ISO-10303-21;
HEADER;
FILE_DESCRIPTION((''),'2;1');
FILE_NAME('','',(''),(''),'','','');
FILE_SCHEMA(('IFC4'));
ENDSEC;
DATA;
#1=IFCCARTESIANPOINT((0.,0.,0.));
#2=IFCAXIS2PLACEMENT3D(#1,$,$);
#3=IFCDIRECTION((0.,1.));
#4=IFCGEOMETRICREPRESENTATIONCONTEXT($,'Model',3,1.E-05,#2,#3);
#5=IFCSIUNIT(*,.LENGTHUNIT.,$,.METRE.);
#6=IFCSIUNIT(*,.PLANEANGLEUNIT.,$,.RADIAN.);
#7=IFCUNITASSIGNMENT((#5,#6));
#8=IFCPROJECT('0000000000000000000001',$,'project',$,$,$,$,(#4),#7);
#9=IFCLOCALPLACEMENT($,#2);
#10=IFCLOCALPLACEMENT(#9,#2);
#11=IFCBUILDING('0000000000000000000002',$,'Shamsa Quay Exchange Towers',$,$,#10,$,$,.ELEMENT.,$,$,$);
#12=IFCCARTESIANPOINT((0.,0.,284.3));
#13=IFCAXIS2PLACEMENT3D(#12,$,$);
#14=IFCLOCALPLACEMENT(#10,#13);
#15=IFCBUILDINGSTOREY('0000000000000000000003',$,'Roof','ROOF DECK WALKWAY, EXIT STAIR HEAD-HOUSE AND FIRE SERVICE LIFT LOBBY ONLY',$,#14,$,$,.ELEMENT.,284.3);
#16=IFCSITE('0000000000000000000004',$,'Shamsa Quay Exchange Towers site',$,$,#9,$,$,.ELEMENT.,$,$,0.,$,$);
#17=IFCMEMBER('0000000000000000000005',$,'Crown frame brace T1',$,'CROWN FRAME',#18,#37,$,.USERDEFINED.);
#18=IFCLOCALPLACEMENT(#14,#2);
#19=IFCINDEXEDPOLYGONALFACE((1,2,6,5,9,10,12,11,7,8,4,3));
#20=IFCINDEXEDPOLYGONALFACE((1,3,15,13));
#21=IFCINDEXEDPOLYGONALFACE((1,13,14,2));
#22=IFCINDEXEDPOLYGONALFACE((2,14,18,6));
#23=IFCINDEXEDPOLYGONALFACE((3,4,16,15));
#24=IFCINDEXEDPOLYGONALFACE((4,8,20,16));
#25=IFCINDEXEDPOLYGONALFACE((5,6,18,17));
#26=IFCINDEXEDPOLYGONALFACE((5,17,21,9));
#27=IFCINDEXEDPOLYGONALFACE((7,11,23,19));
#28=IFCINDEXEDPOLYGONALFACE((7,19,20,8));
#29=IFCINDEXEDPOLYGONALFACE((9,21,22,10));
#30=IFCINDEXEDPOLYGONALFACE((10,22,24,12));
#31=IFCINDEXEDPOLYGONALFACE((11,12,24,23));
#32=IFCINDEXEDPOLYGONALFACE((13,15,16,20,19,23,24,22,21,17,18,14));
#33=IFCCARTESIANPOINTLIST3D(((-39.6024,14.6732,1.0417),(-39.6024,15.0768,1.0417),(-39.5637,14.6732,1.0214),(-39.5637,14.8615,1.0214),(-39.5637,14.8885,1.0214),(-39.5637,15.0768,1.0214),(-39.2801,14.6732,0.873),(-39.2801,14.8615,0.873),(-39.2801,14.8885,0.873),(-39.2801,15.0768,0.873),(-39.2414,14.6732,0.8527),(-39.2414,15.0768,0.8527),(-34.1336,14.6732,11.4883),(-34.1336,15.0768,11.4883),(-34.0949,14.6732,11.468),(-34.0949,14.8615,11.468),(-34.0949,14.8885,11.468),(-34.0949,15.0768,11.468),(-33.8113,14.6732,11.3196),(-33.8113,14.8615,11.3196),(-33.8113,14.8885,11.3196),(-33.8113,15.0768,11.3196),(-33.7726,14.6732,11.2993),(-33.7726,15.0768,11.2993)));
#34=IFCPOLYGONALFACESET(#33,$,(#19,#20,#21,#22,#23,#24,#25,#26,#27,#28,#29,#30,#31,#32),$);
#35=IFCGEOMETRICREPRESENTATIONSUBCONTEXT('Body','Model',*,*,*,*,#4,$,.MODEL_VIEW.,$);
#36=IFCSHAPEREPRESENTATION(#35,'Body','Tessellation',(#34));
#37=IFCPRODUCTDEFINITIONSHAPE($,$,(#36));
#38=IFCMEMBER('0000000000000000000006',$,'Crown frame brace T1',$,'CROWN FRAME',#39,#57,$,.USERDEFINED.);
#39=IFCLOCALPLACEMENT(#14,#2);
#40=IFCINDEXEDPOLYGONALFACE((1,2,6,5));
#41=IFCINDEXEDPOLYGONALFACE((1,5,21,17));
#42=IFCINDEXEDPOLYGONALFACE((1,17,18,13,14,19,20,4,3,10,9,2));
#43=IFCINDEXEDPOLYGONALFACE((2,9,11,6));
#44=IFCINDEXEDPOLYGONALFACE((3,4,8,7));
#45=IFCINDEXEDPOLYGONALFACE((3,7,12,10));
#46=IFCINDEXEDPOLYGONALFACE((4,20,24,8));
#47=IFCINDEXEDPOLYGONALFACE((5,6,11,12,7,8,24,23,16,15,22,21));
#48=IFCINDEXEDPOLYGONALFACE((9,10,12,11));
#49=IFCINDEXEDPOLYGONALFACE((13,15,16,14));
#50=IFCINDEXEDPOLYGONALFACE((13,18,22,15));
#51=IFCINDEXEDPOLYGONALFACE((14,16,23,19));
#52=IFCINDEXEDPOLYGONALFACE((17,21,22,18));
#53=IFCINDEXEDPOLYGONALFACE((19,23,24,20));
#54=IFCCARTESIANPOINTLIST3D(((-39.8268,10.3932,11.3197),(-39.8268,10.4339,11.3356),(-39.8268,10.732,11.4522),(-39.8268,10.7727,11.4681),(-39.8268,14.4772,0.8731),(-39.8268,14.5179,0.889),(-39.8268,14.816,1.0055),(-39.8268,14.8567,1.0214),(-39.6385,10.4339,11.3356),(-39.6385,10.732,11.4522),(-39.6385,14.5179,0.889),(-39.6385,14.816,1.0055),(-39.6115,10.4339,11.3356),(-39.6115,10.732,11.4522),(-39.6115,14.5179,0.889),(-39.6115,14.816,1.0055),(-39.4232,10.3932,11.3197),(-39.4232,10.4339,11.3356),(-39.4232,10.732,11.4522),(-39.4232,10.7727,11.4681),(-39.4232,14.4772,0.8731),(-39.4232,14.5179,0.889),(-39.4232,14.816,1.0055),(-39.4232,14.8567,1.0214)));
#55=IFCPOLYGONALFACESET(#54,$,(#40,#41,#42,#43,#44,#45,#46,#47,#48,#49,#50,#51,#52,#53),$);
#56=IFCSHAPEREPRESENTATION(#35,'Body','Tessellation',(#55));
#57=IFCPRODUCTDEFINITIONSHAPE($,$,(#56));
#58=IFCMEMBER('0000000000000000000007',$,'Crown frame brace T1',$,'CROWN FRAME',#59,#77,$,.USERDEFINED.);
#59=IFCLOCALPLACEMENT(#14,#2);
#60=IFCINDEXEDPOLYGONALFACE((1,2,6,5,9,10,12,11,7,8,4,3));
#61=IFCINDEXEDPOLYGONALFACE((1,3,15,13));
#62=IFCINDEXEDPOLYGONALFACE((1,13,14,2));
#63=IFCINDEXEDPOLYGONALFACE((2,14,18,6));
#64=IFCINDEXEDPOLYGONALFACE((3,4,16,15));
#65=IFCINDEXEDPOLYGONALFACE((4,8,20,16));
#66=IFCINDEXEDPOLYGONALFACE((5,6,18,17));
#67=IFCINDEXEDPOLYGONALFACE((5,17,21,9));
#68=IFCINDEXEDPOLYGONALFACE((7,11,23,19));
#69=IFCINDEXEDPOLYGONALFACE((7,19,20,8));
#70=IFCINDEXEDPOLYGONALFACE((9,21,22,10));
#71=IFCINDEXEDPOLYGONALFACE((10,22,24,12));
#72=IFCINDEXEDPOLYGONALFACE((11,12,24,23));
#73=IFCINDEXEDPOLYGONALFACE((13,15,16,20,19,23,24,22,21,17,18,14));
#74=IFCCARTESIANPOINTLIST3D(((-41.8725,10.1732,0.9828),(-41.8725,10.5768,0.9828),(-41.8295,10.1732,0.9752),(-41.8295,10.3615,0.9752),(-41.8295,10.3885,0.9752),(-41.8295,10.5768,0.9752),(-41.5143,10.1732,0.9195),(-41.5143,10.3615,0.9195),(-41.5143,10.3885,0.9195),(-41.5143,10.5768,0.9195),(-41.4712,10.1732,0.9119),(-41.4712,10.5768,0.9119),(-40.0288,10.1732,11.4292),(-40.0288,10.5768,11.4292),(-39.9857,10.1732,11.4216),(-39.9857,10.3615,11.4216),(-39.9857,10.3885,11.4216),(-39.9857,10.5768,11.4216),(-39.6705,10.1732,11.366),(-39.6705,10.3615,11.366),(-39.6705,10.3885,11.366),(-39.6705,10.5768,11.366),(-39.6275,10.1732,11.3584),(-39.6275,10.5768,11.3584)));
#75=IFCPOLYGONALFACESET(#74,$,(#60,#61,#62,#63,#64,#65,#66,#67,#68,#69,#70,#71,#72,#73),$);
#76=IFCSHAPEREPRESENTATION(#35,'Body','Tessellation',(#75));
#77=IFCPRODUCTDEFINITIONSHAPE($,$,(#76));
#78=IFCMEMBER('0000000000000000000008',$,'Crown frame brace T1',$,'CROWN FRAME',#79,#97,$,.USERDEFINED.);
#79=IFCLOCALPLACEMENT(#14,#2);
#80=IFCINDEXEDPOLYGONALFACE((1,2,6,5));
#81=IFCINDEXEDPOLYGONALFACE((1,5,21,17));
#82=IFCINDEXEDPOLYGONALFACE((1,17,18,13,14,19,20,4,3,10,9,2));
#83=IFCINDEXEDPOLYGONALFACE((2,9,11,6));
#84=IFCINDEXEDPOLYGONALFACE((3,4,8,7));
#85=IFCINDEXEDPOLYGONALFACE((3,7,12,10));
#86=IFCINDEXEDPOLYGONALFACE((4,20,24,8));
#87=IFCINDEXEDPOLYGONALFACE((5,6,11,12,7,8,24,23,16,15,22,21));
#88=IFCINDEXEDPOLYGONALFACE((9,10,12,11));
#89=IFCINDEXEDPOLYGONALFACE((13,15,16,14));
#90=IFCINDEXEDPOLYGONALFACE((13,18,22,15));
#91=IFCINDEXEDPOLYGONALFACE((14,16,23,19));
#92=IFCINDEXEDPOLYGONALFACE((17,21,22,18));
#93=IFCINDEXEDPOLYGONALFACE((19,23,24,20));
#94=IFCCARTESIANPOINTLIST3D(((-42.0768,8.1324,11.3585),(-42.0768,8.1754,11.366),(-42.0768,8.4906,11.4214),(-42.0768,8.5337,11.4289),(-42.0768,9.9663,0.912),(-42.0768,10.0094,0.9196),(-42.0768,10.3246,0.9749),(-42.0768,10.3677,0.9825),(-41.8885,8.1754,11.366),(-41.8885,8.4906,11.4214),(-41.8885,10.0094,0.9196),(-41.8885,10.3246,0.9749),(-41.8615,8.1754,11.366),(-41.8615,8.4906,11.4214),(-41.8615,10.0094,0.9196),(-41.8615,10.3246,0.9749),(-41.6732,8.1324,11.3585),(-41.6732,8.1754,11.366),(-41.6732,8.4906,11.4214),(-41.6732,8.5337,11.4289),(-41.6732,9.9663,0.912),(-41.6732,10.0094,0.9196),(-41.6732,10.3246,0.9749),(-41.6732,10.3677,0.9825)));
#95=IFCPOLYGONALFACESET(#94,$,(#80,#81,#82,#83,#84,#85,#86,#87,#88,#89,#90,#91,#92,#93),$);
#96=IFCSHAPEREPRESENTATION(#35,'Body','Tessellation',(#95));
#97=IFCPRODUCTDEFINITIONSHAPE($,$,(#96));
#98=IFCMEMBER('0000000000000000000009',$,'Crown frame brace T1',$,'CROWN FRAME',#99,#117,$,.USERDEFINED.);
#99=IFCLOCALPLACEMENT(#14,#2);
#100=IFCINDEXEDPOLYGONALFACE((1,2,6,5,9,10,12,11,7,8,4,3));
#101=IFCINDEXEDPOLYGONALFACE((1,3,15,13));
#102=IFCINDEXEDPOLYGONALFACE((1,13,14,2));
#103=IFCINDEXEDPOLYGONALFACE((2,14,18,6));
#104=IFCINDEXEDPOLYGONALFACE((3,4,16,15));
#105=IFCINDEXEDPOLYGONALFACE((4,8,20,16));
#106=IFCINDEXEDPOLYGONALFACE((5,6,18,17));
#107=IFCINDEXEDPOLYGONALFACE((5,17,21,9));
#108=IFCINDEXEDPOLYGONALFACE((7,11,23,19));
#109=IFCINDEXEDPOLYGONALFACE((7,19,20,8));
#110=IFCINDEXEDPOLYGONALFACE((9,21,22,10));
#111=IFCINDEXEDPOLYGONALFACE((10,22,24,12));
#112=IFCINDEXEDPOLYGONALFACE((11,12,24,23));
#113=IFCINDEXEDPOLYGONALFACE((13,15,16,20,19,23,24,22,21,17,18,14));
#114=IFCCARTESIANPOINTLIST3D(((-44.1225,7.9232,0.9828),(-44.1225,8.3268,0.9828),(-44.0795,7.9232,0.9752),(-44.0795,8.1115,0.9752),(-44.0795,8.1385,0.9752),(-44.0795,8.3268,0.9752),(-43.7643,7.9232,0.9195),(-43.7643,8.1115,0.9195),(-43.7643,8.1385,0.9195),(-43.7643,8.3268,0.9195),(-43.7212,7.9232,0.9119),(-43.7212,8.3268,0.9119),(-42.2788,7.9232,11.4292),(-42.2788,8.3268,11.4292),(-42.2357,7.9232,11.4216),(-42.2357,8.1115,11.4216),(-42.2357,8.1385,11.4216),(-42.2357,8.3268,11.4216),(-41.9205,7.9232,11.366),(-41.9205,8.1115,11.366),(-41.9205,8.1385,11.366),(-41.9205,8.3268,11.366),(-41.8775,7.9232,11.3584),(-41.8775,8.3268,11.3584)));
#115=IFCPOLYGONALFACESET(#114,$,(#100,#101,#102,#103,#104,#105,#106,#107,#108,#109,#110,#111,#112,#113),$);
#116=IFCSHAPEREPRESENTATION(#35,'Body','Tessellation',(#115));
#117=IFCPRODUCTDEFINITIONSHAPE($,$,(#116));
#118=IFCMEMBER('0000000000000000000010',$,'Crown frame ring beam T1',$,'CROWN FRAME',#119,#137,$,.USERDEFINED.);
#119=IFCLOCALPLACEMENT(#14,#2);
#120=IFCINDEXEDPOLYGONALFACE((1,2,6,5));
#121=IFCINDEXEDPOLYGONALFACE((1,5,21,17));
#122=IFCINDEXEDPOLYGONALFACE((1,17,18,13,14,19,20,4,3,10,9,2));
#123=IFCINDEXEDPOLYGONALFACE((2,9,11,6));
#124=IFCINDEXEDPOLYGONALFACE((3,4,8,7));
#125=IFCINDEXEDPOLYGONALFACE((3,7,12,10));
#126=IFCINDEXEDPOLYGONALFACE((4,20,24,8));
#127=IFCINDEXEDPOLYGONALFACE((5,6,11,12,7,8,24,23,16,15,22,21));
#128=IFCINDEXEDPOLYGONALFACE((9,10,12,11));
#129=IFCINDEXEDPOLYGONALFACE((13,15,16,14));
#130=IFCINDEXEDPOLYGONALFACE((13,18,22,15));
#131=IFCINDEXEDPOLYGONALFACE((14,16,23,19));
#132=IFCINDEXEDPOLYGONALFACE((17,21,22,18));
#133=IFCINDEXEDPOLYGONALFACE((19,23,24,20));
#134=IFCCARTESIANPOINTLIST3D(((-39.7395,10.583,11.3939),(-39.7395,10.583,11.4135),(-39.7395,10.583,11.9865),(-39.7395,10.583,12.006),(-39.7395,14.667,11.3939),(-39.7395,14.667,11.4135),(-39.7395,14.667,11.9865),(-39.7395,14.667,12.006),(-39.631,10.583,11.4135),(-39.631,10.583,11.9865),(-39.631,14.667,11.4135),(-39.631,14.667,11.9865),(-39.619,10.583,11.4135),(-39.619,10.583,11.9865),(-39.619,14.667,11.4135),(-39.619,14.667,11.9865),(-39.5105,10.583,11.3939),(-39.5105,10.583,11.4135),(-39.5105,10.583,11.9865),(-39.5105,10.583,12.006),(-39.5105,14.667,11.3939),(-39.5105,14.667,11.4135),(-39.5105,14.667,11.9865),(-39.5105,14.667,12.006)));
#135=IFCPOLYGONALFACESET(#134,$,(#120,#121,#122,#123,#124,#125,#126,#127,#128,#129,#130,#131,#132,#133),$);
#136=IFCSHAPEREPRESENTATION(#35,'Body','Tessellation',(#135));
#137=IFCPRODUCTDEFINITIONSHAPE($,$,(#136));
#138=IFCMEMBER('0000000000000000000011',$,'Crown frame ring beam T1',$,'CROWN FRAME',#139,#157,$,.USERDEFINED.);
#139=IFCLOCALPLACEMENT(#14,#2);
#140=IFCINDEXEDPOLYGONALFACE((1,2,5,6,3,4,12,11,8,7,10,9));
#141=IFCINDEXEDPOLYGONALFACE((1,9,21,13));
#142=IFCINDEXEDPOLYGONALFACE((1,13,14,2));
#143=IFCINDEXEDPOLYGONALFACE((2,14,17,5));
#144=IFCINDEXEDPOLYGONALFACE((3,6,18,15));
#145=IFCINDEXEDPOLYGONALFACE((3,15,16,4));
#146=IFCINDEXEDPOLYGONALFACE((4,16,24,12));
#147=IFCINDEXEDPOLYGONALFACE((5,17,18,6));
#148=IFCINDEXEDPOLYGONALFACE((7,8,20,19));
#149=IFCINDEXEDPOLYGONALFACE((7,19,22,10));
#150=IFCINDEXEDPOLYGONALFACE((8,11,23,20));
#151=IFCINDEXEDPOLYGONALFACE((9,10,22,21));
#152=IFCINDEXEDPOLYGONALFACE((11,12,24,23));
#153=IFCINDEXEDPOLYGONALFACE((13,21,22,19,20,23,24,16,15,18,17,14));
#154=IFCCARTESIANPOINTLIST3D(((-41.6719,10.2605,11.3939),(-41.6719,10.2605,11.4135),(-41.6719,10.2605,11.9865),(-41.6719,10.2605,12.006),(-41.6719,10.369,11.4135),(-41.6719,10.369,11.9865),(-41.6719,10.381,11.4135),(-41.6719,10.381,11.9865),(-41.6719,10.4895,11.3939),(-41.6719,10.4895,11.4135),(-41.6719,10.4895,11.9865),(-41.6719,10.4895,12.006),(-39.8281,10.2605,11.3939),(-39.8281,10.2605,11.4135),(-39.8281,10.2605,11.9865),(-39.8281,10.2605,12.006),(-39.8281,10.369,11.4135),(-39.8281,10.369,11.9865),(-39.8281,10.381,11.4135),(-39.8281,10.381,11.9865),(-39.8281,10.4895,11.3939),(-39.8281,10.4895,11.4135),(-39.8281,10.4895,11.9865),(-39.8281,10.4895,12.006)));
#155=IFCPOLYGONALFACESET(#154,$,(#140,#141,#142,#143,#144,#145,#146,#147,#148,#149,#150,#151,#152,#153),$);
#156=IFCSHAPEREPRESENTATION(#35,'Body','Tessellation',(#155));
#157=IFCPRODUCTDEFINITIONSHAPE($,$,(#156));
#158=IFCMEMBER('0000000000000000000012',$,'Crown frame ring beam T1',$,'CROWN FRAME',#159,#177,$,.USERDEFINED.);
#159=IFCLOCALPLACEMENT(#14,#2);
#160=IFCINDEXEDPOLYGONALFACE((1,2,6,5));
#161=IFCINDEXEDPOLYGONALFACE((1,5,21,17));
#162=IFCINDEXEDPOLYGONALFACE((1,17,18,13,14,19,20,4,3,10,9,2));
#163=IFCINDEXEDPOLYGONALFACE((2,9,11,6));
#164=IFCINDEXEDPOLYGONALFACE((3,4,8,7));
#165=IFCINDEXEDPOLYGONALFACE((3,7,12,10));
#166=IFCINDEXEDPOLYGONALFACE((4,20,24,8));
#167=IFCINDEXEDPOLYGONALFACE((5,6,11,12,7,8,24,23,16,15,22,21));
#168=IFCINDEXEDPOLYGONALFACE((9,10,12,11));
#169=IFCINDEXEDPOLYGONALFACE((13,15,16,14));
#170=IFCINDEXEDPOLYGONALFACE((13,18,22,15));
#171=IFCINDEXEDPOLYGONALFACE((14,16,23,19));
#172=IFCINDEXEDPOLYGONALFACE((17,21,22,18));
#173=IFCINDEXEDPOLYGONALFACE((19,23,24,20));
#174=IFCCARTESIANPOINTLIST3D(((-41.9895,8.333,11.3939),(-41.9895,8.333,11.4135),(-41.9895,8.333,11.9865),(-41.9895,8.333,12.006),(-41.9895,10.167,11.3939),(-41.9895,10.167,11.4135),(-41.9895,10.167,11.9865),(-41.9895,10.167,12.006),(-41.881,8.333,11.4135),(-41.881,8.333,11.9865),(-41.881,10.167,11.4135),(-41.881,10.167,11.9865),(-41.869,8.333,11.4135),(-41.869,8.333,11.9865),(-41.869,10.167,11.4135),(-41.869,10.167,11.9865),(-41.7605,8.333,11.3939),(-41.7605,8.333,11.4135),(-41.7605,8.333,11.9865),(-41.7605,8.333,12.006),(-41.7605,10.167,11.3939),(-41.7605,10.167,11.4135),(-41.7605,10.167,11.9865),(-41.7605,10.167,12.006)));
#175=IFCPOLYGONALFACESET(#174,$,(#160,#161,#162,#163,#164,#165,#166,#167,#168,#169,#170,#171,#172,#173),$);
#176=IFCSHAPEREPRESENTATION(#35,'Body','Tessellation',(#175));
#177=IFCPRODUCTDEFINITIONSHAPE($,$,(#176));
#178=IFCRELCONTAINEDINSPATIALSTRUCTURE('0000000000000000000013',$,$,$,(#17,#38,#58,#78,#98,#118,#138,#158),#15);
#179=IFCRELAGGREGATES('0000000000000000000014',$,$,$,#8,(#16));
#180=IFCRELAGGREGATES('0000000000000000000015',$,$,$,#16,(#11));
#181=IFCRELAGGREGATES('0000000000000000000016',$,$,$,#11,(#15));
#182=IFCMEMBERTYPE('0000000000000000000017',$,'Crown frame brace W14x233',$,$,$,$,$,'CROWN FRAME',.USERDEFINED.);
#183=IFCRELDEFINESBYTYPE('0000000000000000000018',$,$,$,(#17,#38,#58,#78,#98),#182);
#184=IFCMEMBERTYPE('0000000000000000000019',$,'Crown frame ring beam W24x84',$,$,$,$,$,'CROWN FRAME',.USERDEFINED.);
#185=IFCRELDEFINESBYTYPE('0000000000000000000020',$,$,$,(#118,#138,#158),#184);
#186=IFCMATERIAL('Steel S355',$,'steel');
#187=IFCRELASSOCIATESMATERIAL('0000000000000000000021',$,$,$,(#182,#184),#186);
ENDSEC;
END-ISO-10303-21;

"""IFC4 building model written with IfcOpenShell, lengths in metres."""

from ifc_helpers import new_model, si_unit, direction, frame, origin, origin_2d, place, context, subcontext, project, spatial, i_section, extrude, material, material_profile, profile_set, type_object, element, save


model = new_model("IFC4")

# Units and contexts
model_context = context("Model", 3, precision=1e-05, world=origin(), true_north=direction((0.0, 1.0)))
body_context = subcontext(model_context, "Body", "Model", "MODEL_VIEW")
ifc_project = project(units=[si_unit("LENGTHUNIT", "METRE"), si_unit("PLANEANGLEUNIT", "RADIAN")], contexts=[model_context])

# Site, building, storey
site_placement = place(None, origin())
site = spatial("IfcSite", under=ifc_project, at=site_placement, Name="Shamsa Quay Exchange Towers site", CompositionType="ELEMENT", RefElevation=0.0)
building_placement = place(site_placement, origin())
building = spatial("IfcBuilding", under=site, at=building_placement, Name="Shamsa Quay Exchange Towers", CompositionType="ELEMENT")
storey_placement = place(building_placement, frame((0.0, 0.0, 284.3)))
storey = spatial("IfcBuildingStorey", under=building, at=storey_placement, Name="Roof", Description="ROOF DECK WALKWAY, EXIT STAIR HEAD-HOUSE AND FIRE SERVICE LIFT LOBBY ONLY", CompositionType="ELEMENT", Elevation=284.3)

# Members
ifc_material_1 = material(Name="Steel S355", Category="steel")
ifc_material_profile_1 = material_profile(ifc_material_1, i_section(OverallWidth=0.4036, OverallDepth=0.4075, WebThickness=0.0271, FlangeThickness=0.0437, at=origin_2d()), Name="W14x233")
ifc_profile_set_1 = profile_set([ifc_material_profile_1], Name="Steel S355")
member_type_1 = type_object("IfcMemberType", Name="Crown frame brace W14x233", ElementType="CROWN FRAME", PredefinedType="USERDEFINED", material=ifc_profile_set_1)
member_1_placement = place(storey_placement, frame((-33.9531, 14.875, 11.3938), z_axis=(-0.463791, 0.0, -0.885945), x_axis=(0.0, -1.0, 0.0)))
element("IfcMember", 1, at=member_1_placement, inside=storey, type_object=member_type_1, Name="Crown frame brace T1", ObjectType="CROWN FRAME", PredefinedType="USERDEFINED", context=body_context, shape_type="SweptSolid", body=[
    extrude(i_section(OverallWidth=0.4036, OverallDepth=0.4075, WebThickness=0.0271, FlangeThickness=0.0437, at=origin_2d()), origin(), (0.0, 0.0, 1.0), 11.7915),
])
member_2_placement = place(storey_placement, frame((-39.625, 14.667, 0.9473), z_axis=(0.0, -0.364106, 0.931357), x_axis=(1.0, 0.0, 0.0)))
element("IfcMember", 2, at=member_2_placement, inside=storey, type_object=member_type_1, Name="Crown frame brace T1", ObjectType="CROWN FRAME", PredefinedType="USERDEFINED", context=body_context, shape_type="SweptSolid", body=[
    extrude(i_section(OverallWidth=0.4036, OverallDepth=0.4075, WebThickness=0.0271, FlangeThickness=0.0437, at=origin_2d()), origin(), (0.0, 0.0, 1.0), 11.2166),
])
member_3_placement = place(storey_placement, frame((-39.8281, 10.375, 11.3938), z_axis=(-0.173808, 0.0, -0.98478), x_axis=(0.0, -1.0, 0.0)))
element("IfcMember", 3, at=member_3_placement, inside=storey, type_object=member_type_1, Name="Crown frame brace T1", ObjectType="CROWN FRAME", PredefinedType="USERDEFINED", context=body_context, shape_type="SweptSolid", body=[
    extrude(i_section(OverallWidth=0.4036, OverallDepth=0.4075, WebThickness=0.0271, FlangeThickness=0.0437, at=origin_2d()), origin(), (0.0, 0.0, 1.0), 10.6079),
])
member_4_placement = place(storey_placement, frame((-41.875, 10.167, 0.9473), z_axis=(0.0, -0.172915, 0.984937), x_axis=(1.0, 0.0, 0.0)))
element("IfcMember", 4, at=member_4_placement, inside=storey, type_object=member_type_1, Name="Crown frame brace T1", ObjectType="CROWN FRAME", PredefinedType="USERDEFINED", context=body_context, shape_type="SweptSolid", body=[
    extrude(i_section(OverallWidth=0.4036, OverallDepth=0.4075, WebThickness=0.0271, FlangeThickness=0.0437, at=origin_2d()), origin(), (0.0, 0.0, 1.0), 10.6062),
])
member_5_placement = place(storey_placement, frame((-42.0781, 8.125, 11.3938), z_axis=(-0.173808, 0.0, -0.98478), x_axis=(0.0, -1.0, 0.0)))
element("IfcMember", 5, at=member_5_placement, inside=storey, type_object=member_type_1, Name="Crown frame brace T1", ObjectType="CROWN FRAME", PredefinedType="USERDEFINED", context=body_context, shape_type="SweptSolid", body=[
    extrude(i_section(OverallWidth=0.4036, OverallDepth=0.4075, WebThickness=0.0271, FlangeThickness=0.0437, at=origin_2d()), origin(), (0.0, 0.0, 1.0), 10.6079),
])
ifc_material_profile_2 = material_profile(ifc_material_1, i_section(OverallWidth=0.229, OverallDepth=0.6121, WebThickness=0.012, FlangeThickness=0.0195, at=origin_2d()), Name="W24x84")
ifc_profile_set_2 = profile_set([ifc_material_profile_2], Name="Steel S355")
member_type_2 = type_object("IfcMemberType", Name="Crown frame ring beam W24x84", ElementType="CROWN FRAME", PredefinedType="USERDEFINED", material=ifc_profile_set_2)
member_6_placement = place(storey_placement, frame((-39.625, 14.667, 11.7), z_axis=(0.0, -1.0, 0.0), x_axis=(1.0, 0.0, 0.0)))
element("IfcMember", 6, at=member_6_placement, inside=storey, type_object=member_type_2, Name="Crown frame ring beam T1", ObjectType="CROWN FRAME", PredefinedType="USERDEFINED", context=body_context, shape_type="SweptSolid", body=[
    extrude(i_section(OverallWidth=0.229, OverallDepth=0.6121, WebThickness=0.012, FlangeThickness=0.0195, at=origin_2d()), origin(), (0.0, 0.0, 1.0), 4.084),
])
member_7_placement = place(storey_placement, frame((-39.8281, 10.375, 11.7), z_axis=(-1.0, 0.0, 0.0), x_axis=(0.0, -1.0, 0.0)))
element("IfcMember", 7, at=member_7_placement, inside=storey, type_object=member_type_2, Name="Crown frame ring beam T1", ObjectType="CROWN FRAME", PredefinedType="USERDEFINED", context=body_context, shape_type="SweptSolid", body=[
    extrude(i_section(OverallWidth=0.229, OverallDepth=0.6121, WebThickness=0.012, FlangeThickness=0.0195, at=origin_2d()), origin(), (0.0, 0.0, 1.0), 1.8438),
])
member_8_placement = place(storey_placement, frame((-41.875, 10.167, 11.7), z_axis=(0.0, -1.0, 0.0), x_axis=(1.0, 0.0, 0.0)))
element("IfcMember", 8, at=member_8_placement, inside=storey, type_object=member_type_2, Name="Crown frame ring beam T1", ObjectType="CROWN FRAME", PredefinedType="USERDEFINED", context=body_context, shape_type="SweptSolid", body=[
    extrude(i_section(OverallWidth=0.229, OverallDepth=0.6121, WebThickness=0.012, FlangeThickness=0.0195, at=origin_2d()), origin(), (0.0, 0.0, 1.0), 1.834),
])

save(model, "model.ifc")
